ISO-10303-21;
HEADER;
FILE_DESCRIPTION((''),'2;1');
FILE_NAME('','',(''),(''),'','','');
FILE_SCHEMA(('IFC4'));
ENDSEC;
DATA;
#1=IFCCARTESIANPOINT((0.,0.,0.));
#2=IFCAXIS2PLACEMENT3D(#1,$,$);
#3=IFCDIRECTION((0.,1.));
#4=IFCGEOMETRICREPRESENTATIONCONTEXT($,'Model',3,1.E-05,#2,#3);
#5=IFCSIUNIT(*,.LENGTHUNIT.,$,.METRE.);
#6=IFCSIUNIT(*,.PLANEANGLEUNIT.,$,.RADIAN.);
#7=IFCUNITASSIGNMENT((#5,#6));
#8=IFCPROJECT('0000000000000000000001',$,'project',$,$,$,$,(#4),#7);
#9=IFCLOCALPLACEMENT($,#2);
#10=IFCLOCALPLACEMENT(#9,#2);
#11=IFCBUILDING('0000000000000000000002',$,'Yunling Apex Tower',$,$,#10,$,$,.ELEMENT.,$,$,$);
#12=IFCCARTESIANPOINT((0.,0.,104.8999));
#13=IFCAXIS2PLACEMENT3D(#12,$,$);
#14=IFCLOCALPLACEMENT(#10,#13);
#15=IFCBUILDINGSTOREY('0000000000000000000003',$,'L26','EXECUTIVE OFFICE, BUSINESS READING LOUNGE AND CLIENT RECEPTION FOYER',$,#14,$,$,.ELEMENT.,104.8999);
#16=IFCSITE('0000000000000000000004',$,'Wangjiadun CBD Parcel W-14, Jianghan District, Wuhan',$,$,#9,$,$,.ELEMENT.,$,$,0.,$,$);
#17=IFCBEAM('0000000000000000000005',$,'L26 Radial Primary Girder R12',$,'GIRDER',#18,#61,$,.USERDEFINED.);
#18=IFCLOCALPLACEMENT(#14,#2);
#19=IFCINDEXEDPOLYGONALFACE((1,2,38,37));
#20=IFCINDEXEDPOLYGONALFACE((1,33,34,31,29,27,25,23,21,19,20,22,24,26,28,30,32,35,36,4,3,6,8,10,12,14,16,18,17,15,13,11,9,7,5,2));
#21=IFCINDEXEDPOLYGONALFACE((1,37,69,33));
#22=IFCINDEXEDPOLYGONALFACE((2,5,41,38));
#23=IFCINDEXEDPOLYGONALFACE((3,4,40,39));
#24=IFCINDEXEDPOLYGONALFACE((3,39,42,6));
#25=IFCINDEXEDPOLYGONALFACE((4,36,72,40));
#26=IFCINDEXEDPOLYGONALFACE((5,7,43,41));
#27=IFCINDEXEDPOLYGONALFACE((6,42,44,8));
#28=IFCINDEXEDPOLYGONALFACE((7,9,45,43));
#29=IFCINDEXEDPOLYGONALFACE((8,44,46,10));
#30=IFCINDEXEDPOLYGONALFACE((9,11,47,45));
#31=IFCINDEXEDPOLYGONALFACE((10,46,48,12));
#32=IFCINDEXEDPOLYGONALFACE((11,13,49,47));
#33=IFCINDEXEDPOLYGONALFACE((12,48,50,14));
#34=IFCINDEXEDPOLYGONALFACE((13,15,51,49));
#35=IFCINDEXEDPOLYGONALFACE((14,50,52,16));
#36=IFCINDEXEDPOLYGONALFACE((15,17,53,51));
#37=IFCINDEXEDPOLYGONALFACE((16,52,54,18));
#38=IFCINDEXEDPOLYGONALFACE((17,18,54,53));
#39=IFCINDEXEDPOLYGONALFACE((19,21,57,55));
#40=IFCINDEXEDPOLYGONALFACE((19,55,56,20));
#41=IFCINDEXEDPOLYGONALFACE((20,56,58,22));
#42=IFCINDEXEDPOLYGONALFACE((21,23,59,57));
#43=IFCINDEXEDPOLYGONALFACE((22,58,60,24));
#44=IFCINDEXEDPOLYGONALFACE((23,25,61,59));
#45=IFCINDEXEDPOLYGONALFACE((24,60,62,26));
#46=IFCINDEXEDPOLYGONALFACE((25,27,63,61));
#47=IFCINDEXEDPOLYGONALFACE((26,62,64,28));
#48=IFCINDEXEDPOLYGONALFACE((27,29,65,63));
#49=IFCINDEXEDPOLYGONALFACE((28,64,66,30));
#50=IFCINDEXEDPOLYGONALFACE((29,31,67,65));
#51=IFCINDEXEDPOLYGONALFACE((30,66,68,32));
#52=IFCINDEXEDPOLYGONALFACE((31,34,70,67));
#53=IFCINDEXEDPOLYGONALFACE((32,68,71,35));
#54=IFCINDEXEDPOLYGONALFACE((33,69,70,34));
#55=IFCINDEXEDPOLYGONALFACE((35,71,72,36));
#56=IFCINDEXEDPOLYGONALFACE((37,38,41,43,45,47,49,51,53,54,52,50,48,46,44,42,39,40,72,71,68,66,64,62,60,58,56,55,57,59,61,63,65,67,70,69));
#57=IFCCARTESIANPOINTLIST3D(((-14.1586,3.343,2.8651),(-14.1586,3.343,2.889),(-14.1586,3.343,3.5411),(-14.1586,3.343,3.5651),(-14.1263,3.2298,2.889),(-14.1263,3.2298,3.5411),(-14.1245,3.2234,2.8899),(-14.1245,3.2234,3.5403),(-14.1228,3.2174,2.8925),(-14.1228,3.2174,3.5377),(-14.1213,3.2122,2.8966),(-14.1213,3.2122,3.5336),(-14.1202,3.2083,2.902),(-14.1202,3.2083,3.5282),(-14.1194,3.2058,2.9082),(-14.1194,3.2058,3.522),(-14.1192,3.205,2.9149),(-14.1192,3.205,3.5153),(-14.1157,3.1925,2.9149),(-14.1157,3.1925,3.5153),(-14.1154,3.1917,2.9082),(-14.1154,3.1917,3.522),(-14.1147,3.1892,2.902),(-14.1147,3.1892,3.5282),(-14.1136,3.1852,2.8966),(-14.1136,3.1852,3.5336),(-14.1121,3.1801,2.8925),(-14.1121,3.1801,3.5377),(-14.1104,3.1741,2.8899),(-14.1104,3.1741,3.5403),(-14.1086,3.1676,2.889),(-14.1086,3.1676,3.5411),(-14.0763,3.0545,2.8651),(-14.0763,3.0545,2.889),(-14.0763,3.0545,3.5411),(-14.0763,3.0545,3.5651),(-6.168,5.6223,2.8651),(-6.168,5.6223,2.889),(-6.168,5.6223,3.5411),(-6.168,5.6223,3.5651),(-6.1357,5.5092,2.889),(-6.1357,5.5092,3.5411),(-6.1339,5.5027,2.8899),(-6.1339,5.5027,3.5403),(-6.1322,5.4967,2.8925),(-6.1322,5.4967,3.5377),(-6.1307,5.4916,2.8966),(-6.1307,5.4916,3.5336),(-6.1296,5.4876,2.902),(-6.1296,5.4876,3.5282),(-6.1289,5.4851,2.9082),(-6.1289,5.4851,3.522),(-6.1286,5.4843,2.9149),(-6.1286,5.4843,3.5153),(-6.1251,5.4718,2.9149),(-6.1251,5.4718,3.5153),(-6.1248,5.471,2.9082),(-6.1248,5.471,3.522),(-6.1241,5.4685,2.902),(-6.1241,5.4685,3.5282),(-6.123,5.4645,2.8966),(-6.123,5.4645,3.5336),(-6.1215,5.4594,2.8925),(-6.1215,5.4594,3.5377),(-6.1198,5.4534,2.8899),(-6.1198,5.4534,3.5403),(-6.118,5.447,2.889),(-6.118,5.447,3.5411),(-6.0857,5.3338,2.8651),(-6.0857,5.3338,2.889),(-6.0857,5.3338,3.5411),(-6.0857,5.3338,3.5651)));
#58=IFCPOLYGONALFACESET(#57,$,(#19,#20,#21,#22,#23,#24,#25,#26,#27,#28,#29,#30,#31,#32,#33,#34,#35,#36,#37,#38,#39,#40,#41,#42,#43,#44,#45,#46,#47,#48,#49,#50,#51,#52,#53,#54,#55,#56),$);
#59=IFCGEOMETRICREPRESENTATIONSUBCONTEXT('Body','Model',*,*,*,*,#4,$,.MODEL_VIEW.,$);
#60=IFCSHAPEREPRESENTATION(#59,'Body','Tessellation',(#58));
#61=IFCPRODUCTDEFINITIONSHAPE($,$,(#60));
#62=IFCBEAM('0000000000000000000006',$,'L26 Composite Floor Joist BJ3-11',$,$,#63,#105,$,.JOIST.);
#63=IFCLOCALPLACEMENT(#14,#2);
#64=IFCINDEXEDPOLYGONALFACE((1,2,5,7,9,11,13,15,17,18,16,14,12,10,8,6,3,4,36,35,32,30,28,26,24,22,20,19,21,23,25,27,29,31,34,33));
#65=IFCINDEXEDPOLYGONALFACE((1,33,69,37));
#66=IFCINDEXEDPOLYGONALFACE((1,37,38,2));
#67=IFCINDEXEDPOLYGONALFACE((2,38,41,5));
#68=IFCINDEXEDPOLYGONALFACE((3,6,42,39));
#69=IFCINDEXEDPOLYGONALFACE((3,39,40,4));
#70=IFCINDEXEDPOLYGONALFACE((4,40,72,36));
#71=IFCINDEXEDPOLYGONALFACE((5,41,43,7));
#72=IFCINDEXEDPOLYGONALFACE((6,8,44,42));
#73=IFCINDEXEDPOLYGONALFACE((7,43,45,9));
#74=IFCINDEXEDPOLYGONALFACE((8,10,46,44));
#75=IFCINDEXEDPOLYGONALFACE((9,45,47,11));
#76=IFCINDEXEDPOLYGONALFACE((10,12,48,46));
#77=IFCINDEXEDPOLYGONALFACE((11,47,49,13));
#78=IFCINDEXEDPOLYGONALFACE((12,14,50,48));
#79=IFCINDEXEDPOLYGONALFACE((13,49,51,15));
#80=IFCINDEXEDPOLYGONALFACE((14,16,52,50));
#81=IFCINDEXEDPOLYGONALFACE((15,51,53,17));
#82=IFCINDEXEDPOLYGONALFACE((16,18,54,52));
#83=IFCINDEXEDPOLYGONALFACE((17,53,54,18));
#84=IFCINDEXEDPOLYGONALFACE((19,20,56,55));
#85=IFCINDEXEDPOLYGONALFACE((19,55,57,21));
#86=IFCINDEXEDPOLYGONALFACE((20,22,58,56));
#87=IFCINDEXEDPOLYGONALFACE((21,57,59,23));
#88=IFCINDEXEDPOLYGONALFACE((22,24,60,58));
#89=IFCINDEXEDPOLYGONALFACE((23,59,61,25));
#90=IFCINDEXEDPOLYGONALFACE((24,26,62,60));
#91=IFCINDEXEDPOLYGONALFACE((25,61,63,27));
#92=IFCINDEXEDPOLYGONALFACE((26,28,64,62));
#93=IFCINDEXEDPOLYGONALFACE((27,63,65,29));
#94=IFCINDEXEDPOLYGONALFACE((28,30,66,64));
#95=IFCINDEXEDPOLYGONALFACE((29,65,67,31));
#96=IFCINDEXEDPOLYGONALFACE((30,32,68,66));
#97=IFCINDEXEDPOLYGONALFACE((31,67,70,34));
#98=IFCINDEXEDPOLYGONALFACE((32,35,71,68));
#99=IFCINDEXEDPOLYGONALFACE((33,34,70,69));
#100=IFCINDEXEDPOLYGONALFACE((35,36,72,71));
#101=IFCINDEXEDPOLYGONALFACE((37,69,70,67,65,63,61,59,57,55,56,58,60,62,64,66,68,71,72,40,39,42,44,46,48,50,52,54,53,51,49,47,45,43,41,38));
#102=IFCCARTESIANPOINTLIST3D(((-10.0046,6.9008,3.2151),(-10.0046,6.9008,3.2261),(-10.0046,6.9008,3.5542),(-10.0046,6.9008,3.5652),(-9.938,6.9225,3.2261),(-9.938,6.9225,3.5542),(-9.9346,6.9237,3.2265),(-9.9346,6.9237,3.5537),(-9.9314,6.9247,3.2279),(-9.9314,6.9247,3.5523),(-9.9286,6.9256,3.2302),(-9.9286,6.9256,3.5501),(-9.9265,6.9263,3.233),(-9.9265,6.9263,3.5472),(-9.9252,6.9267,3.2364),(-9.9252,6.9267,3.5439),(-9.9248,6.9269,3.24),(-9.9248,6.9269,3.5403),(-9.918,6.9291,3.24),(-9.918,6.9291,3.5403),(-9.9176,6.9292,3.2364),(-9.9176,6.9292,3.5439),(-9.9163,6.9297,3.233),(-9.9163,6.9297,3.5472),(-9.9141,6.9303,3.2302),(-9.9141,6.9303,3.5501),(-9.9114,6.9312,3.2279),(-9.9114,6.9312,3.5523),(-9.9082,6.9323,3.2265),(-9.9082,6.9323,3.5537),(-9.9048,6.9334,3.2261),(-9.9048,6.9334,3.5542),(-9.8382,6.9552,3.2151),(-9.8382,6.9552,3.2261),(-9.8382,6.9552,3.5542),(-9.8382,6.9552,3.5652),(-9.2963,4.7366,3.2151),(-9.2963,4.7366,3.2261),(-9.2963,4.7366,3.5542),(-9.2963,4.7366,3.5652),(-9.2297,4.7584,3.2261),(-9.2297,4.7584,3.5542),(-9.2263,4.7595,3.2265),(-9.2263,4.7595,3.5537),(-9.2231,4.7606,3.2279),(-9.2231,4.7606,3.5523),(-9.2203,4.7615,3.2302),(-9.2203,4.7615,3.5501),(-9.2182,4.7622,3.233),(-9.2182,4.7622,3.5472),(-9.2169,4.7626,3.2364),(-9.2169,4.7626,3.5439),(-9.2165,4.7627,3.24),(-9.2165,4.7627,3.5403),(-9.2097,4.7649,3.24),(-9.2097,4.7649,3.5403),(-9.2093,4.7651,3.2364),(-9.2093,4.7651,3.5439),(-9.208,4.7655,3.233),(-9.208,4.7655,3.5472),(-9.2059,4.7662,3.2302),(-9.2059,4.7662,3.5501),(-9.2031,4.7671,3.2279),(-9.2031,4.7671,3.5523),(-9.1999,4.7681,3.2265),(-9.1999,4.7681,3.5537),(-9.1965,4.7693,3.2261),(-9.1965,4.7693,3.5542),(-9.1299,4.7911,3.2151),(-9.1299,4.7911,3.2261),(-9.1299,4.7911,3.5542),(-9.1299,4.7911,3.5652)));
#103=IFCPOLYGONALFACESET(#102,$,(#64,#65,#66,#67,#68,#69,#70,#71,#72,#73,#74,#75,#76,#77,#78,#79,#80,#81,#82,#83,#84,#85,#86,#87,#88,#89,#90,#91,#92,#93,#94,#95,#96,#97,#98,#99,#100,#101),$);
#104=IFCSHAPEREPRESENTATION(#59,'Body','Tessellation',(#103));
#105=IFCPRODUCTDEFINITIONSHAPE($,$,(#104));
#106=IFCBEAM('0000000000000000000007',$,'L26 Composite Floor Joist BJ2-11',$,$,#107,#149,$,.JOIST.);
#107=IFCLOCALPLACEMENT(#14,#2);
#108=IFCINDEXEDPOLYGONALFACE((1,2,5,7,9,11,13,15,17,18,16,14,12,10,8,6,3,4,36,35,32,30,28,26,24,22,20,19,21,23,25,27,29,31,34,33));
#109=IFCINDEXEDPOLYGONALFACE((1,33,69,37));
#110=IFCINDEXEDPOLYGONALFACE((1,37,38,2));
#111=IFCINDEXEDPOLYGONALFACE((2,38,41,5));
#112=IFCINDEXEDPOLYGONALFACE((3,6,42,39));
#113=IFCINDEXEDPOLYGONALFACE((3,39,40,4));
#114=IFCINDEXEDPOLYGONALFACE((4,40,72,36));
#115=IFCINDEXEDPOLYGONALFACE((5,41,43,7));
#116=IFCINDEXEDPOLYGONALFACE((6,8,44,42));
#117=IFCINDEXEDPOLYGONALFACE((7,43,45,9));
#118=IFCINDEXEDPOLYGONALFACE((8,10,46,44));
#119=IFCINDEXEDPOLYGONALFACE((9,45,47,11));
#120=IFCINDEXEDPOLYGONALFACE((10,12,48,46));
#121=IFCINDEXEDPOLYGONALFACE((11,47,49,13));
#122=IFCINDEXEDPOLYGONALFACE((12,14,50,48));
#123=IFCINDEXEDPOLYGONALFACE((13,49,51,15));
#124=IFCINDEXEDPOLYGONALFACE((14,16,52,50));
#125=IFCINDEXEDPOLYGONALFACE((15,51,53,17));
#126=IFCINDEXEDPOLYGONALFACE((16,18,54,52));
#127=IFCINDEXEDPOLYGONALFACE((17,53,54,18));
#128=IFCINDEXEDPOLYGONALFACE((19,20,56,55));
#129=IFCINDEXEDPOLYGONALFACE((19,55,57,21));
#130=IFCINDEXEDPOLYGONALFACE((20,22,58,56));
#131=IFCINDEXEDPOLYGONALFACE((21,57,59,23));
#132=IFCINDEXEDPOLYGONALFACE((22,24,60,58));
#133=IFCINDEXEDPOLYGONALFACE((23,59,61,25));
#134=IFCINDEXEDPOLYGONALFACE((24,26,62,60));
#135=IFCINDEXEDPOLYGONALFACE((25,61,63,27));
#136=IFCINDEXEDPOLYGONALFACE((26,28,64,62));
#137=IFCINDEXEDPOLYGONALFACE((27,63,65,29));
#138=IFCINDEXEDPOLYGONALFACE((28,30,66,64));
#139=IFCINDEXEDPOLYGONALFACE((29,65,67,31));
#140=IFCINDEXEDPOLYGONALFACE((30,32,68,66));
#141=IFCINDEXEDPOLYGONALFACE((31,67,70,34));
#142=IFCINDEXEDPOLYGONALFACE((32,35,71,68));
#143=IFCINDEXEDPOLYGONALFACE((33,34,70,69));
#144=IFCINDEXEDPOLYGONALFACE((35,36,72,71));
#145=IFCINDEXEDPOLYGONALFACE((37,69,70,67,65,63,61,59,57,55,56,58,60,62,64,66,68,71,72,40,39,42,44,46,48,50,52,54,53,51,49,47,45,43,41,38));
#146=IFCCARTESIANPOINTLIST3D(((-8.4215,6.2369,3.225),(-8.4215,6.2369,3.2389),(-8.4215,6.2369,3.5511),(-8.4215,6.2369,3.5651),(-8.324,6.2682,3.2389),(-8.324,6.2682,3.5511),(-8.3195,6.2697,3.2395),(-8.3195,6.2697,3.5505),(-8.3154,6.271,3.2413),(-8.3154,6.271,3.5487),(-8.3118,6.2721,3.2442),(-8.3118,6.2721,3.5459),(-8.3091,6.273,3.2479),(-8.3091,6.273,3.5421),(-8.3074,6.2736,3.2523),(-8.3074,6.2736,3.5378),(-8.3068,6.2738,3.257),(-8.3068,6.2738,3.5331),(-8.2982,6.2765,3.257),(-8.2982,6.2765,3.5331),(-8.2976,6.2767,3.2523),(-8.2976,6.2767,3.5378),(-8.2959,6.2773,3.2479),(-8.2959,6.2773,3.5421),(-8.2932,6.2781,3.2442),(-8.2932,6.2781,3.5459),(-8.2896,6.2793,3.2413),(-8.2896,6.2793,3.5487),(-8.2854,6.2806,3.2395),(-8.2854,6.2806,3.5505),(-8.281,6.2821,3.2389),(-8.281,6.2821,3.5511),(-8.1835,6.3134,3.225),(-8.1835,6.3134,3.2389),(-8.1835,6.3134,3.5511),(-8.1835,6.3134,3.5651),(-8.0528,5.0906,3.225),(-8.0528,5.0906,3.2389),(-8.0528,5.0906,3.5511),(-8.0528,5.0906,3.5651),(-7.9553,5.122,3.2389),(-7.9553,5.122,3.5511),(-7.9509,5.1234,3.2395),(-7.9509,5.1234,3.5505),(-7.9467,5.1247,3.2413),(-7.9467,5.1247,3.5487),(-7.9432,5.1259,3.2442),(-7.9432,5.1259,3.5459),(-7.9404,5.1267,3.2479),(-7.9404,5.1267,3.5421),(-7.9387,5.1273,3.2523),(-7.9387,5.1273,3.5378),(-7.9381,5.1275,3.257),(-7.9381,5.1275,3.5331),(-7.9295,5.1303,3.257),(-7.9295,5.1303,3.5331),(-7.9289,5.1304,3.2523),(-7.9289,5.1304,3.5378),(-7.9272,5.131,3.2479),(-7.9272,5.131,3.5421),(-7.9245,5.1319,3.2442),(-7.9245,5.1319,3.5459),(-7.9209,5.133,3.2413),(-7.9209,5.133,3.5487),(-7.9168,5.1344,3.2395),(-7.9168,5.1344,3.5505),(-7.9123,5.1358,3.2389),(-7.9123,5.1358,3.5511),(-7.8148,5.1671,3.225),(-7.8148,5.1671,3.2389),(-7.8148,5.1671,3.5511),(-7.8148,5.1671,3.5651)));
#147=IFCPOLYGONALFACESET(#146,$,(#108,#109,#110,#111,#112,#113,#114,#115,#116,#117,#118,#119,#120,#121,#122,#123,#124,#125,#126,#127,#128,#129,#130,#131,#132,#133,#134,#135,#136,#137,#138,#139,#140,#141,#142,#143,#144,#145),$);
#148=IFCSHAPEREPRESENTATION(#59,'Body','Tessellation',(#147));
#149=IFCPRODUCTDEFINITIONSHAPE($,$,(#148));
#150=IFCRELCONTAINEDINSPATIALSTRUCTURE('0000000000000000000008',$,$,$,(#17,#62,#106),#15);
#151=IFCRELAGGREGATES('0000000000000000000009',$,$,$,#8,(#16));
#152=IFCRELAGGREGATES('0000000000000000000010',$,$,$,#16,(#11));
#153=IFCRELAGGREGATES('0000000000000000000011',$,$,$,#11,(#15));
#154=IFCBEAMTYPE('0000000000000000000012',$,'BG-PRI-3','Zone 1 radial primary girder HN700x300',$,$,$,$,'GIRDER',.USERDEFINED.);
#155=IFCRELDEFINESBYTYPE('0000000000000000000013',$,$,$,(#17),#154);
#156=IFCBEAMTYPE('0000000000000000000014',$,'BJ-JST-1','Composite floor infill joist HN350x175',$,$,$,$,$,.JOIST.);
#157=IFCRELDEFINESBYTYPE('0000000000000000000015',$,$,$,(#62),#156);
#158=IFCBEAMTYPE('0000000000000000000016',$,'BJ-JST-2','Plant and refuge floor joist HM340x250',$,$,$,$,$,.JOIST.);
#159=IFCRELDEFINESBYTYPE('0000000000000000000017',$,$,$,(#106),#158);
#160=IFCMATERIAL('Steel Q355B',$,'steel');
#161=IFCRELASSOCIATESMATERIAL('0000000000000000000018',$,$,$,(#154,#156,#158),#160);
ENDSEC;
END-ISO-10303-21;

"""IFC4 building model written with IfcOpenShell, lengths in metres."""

from ifc_helpers import new_model, si_unit, direction, frame, origin, origin_2d, place, context, subcontext, project, spatial, i_section, extrude, source, transform, mapped, material, material_profile, profile_set, type_object, element, save


model = new_model("IFC4")

# Units and contexts
model_context = context("Model", 3, precision=1e-05, world=origin(), true_north=direction((0.0, 1.0)))
body_context = subcontext(model_context, "Body", "Model", "MODEL_VIEW")
ifc_project = project(units=[si_unit("LENGTHUNIT", "METRE"), si_unit("PLANEANGLEUNIT", "RADIAN")], contexts=[model_context])

# Site, building, storey
site_placement = place(None, origin())
site = spatial("IfcSite", under=ifc_project, at=site_placement, Name="Wangjiadun CBD Parcel W-14, Jianghan District, Wuhan", CompositionType="ELEMENT", RefElevation=0.0)
building_placement = place(site_placement, origin())
building = spatial("IfcBuilding", under=site, at=building_placement, Name="Yunling Apex Tower", CompositionType="ELEMENT")
storey_placement = place(building_placement, frame((0.0, 0.0, 104.8999)))
storey = spatial("IfcBuildingStorey", under=building, at=storey_placement, Name="L26", Description="EXECUTIVE OFFICE, BUSINESS READING LOUNGE AND CLIENT RECEPTION FOYER", CompositionType="ELEMENT", Elevation=104.8999)

# Beams
ifc_material_1 = material(Name="Steel Q355B", Category="steel")
ifc_material_profile_1 = material_profile(ifc_material_1, i_section(OverallWidth=0.3, OverallDepth=0.7, WebThickness=0.0129, FlangeThickness=0.0239, FilletRadius=0.0259, at=origin_2d()))
ifc_profile_set_1 = profile_set([ifc_material_profile_1], Name="Steel Q355B")
beam_type_1 = type_object("IfcBeamType", Name="BG-PRI-3", Description="Zone 1 radial primary girder HN700x300", ElementType="GIRDER", PredefinedType="USERDEFINED", material=ifc_profile_set_1)
shared_shape_1 = source(origin(), body_context, "Body", "SweptSolid", [
    extrude(i_section(OverallWidth=0.3, OverallDepth=0.7, WebThickness=0.0129, FlangeThickness=0.0239, FilletRadius=0.0259, at=origin_2d()), origin(), (0.0, 0.0, 1.0), 8.3093),
])
beam_1_placement = place(storey_placement, frame((-14.1174, 3.1987, 3.2151), z_axis=(0.961641, 0.27431, 0.0), x_axis=(-0.27431, 0.961641, 0.0)))
element("IfcBeam", 1, at=beam_1_placement, inside=storey, type_object=beam_type_1, Name="L26 Radial Primary Girder R12", ObjectType="GIRDER", PredefinedType="USERDEFINED", context=body_context, shape_type="MappedRepresentation", body=[
    mapped(shared_shape_1, transform((0.0, 0.0, 0.0), scale=1.0)),
])
ifc_material_profile_2 = material_profile(ifc_material_1, i_section(OverallWidth=0.175, OverallDepth=0.3501, WebThickness=0.0071, FlangeThickness=0.011, FilletRadius=0.0139, at=origin_2d()))
ifc_profile_set_2 = profile_set([ifc_material_profile_2], Name="Steel Q355B")
beam_type_2 = type_object("IfcBeamType", Name="BJ-JST-1", Description="Composite floor infill joist HN350x175", PredefinedType="JOIST", material=ifc_profile_set_2)
shared_shape_2 = source(origin(), body_context, "Body", "SweptSolid", [
    extrude(i_section(OverallWidth=0.175, OverallDepth=0.3501, WebThickness=0.0071, FlangeThickness=0.011, FilletRadius=0.0139, at=origin_2d()), origin(), (0.0, 0.0, 1.0), 2.2771),
])
beam_2_placement = place(storey_placement, frame((-9.9214, 6.928, 3.3901), z_axis=(0.311044, -0.950395, 0.0), x_axis=(0.950395, 0.311044, 0.0)))
element("IfcBeam", 2, at=beam_2_placement, inside=storey, type_object=beam_type_2, Name="L26 Composite Floor Joist BJ3-11", PredefinedType="JOIST", context=body_context, shape_type="MappedRepresentation", body=[
    mapped(shared_shape_2, transform((0.0, 0.0, 0.0), scale=1.0)),
])
ifc_material_profile_3 = material_profile(ifc_material_1, i_section(OverallWidth=0.25, OverallDepth=0.3401, WebThickness=0.009, FlangeThickness=0.0139, FilletRadius=0.0181, at=origin_2d()))
ifc_profile_set_3 = profile_set([ifc_material_profile_3], Name="Steel Q355B")
beam_type_3 = type_object("IfcBeamType", Name="BJ-JST-2", Description="Plant and refuge floor joist HM340x250", PredefinedType="JOIST", material=ifc_profile_set_3)
shared_shape_3 = source(origin(), body_context, "Body", "SweptSolid", [
    extrude(i_section(OverallWidth=0.25, OverallDepth=0.3401, WebThickness=0.009, FlangeThickness=0.0139, FilletRadius=0.0181, at=origin_2d()), origin(), (0.0, 0.0, 1.0), 1.2041),
])
beam_3_placement = place(storey_placement, frame((-8.3025, 6.2751, 3.395), z_axis=(0.306173, -0.951976, 0.0), x_axis=(0.951976, 0.306173, 0.0)))
element("IfcBeam", 3, at=beam_3_placement, inside=storey, type_object=beam_type_3, Name="L26 Composite Floor Joist BJ2-11", PredefinedType="JOIST", context=body_context, shape_type="MappedRepresentation", body=[
    mapped(shared_shape_3, transform((0.0, 0.0, 0.0), scale=1.0)),
])

save(model, "model.ifc")
